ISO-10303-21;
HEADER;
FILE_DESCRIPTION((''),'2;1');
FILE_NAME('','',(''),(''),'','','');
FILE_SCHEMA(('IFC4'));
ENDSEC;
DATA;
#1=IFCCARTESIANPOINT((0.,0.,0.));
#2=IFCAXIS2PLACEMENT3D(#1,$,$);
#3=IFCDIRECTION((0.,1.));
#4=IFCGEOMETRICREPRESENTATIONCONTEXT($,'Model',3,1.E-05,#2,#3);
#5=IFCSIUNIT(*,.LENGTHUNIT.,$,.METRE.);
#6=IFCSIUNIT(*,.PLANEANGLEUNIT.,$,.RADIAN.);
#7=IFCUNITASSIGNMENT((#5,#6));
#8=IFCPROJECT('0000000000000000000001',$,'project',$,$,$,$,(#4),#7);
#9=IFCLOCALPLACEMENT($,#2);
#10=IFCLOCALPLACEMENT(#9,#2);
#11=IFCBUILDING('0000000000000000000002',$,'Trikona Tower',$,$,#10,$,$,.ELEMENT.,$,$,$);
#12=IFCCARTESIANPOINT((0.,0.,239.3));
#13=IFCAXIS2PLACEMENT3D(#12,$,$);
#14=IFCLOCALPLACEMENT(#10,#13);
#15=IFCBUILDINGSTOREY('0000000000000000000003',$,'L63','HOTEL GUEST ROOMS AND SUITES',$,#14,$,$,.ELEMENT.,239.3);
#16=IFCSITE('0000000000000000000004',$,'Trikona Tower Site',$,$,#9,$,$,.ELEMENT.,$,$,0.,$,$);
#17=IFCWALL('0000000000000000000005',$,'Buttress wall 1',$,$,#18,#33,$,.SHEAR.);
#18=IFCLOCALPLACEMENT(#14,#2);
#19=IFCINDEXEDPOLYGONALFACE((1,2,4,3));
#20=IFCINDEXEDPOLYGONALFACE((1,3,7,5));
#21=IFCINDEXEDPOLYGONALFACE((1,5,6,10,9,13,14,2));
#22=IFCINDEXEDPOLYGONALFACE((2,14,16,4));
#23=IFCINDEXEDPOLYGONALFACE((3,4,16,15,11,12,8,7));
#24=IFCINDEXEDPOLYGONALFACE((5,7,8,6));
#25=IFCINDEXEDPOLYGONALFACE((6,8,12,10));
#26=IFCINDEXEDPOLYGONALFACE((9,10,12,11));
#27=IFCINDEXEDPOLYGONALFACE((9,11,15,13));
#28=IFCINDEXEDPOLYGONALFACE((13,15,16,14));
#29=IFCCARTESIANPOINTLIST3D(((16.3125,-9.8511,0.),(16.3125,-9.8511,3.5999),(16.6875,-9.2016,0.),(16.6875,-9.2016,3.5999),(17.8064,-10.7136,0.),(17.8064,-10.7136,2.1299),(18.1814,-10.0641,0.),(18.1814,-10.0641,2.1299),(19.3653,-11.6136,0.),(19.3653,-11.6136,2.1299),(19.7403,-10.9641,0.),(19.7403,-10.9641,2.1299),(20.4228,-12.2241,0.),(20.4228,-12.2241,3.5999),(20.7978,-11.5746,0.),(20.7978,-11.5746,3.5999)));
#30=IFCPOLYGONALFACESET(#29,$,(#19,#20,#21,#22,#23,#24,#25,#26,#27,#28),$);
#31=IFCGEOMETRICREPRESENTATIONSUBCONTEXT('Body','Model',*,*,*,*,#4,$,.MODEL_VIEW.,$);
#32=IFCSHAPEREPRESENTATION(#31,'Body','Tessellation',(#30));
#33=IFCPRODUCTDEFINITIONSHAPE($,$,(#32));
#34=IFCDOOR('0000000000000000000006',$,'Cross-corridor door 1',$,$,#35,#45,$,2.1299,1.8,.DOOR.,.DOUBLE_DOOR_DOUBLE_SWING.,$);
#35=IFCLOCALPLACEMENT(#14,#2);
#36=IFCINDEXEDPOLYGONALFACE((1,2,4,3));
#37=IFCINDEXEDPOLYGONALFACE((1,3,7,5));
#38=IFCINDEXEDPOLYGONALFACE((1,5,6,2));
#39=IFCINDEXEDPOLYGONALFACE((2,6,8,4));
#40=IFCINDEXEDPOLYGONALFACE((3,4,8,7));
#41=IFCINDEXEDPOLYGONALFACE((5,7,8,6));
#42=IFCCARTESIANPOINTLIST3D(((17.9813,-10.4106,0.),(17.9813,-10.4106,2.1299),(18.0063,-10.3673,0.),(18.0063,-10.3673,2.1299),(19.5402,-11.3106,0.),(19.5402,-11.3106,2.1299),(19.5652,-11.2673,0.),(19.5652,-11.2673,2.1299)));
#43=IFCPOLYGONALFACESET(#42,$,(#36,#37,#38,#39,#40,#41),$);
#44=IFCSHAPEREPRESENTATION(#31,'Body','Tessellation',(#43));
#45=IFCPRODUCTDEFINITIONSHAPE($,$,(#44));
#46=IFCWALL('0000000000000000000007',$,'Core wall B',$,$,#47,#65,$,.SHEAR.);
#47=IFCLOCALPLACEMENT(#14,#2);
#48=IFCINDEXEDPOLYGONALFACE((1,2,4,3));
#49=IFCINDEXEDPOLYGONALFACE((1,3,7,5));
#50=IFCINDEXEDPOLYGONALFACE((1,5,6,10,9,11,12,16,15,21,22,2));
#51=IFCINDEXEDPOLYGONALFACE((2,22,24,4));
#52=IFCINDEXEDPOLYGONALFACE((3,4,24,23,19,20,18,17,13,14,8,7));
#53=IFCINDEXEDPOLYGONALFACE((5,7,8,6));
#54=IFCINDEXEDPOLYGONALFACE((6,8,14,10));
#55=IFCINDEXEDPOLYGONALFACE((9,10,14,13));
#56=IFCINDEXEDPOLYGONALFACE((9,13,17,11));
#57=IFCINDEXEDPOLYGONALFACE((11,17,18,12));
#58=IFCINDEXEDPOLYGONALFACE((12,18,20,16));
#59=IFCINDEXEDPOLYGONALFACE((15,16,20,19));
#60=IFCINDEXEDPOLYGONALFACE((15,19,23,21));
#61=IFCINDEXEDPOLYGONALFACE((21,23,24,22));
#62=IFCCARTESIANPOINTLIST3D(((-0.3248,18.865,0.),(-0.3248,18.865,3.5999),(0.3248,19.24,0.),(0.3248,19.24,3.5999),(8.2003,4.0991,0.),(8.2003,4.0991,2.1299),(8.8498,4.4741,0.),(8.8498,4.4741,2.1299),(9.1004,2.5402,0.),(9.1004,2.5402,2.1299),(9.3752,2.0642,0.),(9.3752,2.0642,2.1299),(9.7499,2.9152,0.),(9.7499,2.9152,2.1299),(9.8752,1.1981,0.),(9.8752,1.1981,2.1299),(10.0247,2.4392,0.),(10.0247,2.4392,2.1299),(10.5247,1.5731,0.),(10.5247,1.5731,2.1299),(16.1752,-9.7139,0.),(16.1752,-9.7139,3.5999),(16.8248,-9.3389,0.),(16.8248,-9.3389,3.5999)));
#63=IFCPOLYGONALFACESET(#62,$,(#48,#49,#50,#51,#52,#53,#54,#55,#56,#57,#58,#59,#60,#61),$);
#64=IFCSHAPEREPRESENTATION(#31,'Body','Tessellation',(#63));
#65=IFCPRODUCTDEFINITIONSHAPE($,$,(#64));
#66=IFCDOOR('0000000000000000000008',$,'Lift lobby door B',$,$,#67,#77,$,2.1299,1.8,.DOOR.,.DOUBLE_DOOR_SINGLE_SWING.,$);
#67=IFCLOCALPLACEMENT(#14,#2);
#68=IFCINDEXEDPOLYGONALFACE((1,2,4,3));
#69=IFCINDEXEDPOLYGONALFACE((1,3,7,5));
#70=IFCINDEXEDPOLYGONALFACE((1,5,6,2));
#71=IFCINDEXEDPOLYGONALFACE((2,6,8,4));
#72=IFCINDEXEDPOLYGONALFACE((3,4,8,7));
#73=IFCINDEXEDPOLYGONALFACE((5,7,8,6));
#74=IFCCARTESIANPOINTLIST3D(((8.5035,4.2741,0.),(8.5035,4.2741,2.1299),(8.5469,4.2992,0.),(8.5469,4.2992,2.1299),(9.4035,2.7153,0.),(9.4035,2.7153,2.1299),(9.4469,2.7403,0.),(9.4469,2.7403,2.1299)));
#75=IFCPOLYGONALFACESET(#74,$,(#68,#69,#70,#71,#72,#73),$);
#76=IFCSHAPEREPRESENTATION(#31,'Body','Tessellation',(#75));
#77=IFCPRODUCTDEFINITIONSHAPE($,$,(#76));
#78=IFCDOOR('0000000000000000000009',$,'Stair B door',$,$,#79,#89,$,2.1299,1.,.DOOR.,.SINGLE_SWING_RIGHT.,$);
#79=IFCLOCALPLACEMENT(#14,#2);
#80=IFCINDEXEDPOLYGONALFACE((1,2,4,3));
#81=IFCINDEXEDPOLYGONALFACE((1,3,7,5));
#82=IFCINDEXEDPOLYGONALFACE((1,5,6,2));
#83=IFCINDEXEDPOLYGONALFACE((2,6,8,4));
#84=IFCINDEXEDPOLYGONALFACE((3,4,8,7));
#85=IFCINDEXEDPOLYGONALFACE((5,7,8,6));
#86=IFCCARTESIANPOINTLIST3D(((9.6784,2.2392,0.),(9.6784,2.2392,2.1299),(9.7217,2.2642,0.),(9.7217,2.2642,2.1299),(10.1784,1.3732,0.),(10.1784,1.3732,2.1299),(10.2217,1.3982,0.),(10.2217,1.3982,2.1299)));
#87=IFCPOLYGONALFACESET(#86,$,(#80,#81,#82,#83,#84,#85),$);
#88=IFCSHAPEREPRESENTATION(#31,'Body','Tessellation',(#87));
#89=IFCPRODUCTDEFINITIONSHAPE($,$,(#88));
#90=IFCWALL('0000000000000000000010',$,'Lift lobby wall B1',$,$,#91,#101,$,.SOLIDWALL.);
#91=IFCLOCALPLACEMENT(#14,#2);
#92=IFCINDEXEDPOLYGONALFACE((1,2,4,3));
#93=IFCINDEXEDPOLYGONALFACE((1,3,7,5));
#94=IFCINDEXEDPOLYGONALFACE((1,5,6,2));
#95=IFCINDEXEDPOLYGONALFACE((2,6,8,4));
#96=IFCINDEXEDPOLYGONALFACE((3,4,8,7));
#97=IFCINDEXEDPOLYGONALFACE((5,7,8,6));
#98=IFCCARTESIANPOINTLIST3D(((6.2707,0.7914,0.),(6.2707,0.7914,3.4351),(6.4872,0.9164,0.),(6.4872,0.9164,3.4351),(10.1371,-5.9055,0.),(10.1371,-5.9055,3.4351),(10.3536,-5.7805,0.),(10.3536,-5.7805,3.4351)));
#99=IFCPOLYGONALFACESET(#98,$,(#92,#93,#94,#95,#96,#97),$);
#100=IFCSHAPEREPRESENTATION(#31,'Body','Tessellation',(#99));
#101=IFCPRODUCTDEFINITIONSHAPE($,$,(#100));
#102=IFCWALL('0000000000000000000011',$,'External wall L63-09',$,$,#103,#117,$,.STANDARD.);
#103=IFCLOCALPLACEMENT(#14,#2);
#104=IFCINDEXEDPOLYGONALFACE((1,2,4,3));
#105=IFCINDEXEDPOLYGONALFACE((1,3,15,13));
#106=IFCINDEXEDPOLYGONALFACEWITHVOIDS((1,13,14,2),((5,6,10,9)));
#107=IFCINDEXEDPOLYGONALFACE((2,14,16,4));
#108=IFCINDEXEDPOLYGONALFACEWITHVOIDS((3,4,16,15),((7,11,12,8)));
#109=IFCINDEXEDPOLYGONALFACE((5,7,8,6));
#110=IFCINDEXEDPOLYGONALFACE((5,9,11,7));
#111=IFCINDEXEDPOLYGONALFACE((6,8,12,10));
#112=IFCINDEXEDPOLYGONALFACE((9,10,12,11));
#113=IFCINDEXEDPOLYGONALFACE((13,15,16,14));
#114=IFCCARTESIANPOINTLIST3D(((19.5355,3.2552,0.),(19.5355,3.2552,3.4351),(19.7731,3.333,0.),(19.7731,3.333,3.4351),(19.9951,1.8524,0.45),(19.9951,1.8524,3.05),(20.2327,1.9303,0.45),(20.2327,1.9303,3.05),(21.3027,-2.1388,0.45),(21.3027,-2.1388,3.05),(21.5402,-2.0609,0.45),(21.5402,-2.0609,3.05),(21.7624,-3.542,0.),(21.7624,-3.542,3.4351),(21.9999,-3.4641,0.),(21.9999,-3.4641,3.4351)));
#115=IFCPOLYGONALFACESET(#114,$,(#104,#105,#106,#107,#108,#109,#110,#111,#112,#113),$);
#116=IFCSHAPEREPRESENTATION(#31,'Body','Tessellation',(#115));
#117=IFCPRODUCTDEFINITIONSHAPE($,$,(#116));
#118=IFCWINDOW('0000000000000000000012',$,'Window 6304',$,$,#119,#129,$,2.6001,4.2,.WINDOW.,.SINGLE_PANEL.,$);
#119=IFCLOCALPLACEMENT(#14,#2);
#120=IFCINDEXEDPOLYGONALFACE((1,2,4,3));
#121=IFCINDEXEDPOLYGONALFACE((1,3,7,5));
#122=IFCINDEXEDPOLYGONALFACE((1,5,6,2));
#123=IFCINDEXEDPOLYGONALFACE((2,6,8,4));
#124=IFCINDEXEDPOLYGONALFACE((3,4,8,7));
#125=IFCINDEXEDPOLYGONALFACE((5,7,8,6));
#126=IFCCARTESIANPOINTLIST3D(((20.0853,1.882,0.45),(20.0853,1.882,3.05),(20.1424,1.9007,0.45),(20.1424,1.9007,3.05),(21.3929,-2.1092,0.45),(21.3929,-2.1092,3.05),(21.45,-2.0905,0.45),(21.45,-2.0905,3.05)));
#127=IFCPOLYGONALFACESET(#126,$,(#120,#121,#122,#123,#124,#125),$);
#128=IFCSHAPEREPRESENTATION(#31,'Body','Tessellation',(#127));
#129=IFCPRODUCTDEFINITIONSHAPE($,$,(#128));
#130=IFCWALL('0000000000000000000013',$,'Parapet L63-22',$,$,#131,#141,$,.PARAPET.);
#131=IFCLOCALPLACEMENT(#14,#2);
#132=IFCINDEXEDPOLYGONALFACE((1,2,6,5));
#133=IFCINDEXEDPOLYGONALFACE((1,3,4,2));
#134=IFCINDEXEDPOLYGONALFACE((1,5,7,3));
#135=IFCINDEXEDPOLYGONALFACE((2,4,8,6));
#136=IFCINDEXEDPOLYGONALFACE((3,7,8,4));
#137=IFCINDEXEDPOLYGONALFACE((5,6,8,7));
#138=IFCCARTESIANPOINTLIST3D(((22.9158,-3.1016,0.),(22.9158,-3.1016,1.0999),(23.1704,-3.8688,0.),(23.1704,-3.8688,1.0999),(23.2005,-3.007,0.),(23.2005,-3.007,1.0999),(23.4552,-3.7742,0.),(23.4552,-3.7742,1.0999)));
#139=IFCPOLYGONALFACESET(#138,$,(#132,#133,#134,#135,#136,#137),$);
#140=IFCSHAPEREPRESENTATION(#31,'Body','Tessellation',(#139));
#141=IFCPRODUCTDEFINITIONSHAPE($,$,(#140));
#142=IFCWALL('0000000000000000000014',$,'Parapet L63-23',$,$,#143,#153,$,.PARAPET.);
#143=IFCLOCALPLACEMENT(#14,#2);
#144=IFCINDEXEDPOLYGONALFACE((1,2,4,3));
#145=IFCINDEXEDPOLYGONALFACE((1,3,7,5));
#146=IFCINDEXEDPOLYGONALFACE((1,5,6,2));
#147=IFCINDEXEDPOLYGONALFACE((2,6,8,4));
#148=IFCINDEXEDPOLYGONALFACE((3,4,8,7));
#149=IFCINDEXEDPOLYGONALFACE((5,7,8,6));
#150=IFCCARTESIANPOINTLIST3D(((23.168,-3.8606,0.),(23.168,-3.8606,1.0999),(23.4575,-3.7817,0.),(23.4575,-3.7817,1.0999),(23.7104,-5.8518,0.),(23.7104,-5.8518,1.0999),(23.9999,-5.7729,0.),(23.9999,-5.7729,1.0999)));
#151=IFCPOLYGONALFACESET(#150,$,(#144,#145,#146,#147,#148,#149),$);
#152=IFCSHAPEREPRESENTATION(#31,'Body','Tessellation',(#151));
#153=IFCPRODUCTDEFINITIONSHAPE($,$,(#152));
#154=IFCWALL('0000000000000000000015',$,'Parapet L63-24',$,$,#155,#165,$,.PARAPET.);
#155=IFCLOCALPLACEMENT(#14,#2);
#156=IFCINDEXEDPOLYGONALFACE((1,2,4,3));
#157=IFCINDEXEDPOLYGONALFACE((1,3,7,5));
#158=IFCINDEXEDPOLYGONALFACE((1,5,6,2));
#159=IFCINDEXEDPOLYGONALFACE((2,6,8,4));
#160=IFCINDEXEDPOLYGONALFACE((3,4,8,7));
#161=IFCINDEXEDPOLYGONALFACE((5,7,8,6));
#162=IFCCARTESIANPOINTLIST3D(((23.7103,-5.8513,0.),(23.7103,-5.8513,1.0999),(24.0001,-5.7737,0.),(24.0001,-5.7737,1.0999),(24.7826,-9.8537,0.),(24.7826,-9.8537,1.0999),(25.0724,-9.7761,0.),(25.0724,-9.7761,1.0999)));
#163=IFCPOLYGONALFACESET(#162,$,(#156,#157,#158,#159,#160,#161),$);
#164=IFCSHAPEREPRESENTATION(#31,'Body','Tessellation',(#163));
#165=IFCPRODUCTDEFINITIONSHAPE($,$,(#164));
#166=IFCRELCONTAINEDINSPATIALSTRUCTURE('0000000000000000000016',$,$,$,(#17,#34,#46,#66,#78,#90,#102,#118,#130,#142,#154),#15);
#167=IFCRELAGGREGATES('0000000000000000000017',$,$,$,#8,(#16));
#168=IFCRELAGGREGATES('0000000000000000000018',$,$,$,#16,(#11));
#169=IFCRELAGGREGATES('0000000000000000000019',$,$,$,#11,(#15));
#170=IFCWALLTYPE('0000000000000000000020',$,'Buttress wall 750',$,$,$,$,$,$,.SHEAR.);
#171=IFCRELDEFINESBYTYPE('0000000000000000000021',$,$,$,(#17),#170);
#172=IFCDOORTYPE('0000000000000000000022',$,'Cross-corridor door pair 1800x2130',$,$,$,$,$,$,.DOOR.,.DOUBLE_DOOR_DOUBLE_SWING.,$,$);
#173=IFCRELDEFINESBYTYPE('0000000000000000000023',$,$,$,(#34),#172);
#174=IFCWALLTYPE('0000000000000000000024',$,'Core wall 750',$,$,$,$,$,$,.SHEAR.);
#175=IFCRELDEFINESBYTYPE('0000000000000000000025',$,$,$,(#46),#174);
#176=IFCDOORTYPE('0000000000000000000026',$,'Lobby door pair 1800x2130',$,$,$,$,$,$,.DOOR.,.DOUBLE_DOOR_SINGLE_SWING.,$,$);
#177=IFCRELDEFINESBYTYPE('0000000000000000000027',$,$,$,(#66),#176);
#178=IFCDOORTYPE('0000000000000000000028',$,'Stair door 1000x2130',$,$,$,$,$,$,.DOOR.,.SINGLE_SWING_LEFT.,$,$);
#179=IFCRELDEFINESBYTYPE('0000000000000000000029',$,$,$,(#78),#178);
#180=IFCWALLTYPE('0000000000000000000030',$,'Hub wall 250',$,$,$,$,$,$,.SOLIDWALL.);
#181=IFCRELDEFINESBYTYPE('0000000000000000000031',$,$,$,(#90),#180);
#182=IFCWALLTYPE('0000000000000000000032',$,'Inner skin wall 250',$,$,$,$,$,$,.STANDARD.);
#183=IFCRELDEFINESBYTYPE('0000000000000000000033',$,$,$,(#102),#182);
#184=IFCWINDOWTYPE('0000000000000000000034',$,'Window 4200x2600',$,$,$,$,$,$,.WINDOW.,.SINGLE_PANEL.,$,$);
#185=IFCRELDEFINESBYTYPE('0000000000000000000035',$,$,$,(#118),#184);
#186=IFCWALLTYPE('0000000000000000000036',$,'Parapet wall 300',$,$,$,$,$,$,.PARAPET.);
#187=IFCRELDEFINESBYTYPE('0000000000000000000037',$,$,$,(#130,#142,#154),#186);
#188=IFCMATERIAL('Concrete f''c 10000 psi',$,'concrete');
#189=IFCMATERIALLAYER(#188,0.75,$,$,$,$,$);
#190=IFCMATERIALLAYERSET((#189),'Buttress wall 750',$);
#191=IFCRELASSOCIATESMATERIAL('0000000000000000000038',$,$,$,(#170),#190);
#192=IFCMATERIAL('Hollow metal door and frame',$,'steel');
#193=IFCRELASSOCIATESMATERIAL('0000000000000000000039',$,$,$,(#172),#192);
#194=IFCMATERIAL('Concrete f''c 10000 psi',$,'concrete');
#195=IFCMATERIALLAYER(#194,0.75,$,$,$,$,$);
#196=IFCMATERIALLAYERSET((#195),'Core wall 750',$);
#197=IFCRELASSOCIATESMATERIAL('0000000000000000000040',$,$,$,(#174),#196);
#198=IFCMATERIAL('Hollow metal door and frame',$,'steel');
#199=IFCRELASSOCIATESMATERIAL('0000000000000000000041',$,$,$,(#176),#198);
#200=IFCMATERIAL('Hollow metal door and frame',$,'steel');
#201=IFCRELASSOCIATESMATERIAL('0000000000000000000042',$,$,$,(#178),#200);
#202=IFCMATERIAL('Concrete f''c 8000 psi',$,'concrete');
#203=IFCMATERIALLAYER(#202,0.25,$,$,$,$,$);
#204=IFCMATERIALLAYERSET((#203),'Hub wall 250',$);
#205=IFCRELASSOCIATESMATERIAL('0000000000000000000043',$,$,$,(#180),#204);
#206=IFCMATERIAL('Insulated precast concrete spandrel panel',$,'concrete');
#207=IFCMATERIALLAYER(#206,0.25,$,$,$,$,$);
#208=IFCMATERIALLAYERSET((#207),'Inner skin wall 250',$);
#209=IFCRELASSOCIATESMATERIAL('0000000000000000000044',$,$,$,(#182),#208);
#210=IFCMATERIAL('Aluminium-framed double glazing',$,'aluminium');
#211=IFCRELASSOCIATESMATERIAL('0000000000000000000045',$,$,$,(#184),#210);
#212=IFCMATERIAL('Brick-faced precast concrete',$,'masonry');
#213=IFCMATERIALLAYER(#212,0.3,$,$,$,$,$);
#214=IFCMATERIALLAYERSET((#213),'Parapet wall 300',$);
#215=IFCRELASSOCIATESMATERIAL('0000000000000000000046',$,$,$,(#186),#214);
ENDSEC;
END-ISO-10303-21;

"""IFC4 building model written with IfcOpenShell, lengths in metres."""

from ifc_helpers import new_model, si_unit, direction, frame, frame_2d, origin, place, context, subcontext, project, spatial, rectangle, extrude, material, layer, layer_set, type_object, element, fill, save


model = new_model("IFC4")

# Units and contexts
model_context = context("Model", 3, precision=1e-05, world=origin(), true_north=direction((0.0, 1.0)))
body_context = subcontext(model_context, "Body", "Model", "MODEL_VIEW")
ifc_project = project(units=[si_unit("LENGTHUNIT", "METRE"), si_unit("PLANEANGLEUNIT", "RADIAN")], contexts=[model_context])

# Site, building, storey
site_placement = place(None, origin())
site = spatial("IfcSite", under=ifc_project, at=site_placement, Name="Trikona Tower Site", CompositionType="ELEMENT", RefElevation=0.0)
building_placement = place(site_placement, origin())
building = spatial("IfcBuilding", under=site, at=building_placement, Name="Trikona Tower", CompositionType="ELEMENT")
storey_placement = place(building_placement, frame((0.0, 0.0, 239.3)))
storey = spatial("IfcBuildingStorey", under=building, at=storey_placement, Name="L63", Description="HOTEL GUEST ROOMS AND SUITES", CompositionType="ELEMENT", Elevation=239.3)

# Wall, opening, door
ifc_material_1 = material(Name="Concrete f'c 10000 psi", Category="concrete")
ifc_layer_1 = layer(ifc_material_1, 0.75)
ifc_layer_set_1 = layer_set([ifc_layer_1], Name="Buttress wall 750")
wall_type_1 = type_object("IfcWallType", Name="Buttress wall 750", PredefinedType="SHEAR", material=ifc_layer_set_1)
wall_1_placement = place(storey_placement, frame((16.5, -9.5264, 0.0), z_axis=(0.0, 0.0, 1.0), x_axis=(0.866031, -0.49999, 0.0)))
wall_1 = element("IfcWall", 1, at=wall_1_placement, inside=storey, type_object=wall_type_1, Name="Buttress wall 1", PredefinedType="SHEAR", context=body_context, shape_type="SweptSolid", body=[
    extrude(rectangle(XDim=4.7461, YDim=0.75, at=frame_2d((2.373, 0.0))), origin(), (0.0, 0.0, 1.0), 3.5999),
])
opening_1_placement = place(wall_1_placement, frame((1.7251, 0.0, 0.0)))
opening_1 = element("IfcOpeningElement", 2, at=opening_1_placement, cuts=wall_1, PredefinedType="OPENING", context=body_context, shape_type="SweptSolid", body=[
    extrude(rectangle(XDim=1.8, YDim=2.1299, at=frame_2d((0.8999, 1.0649))), frame((0.0, 0.385, 0.0), z_axis=(0.0, -1.0, 0.0), x_axis=(1.0, 0.0, 0.0)), (0.0, 0.0, 1.0), 0.77),
])
ifc_material_2 = material(Name="Hollow metal door and frame", Category="steel")
door_type_1 = type_object("IfcDoorType", Name="Cross-corridor door pair 1800x2130", OperationType="DOUBLE_DOOR_DOUBLE_SWING", PredefinedType="DOOR", material=ifc_material_2)
door_1_placement = place(opening_1_placement, origin())
door_1 = element("IfcDoor", 3, at=door_1_placement, inside=storey, type_object=door_type_1, Name="Cross-corridor door 1", OperationType="DOUBLE_DOOR_DOUBLE_SWING", OverallHeight=2.1299, OverallWidth=1.8, PredefinedType="DOOR", context=body_context, shape_type="SweptSolid", body=[
    extrude(rectangle(XDim=1.8, YDim=2.1299, at=frame_2d((0.8999, 1.0649))), frame((0.0, 0.0249, 0.0), z_axis=(0.0, -1.0, 0.0), x_axis=(1.0, 0.0, 0.0)), (0.0, 0.0, 1.0), 0.05),
])
fill(opening_1, door_1)

# Wall, openings, doors
ifc_material_3 = material(Name="Concrete f'c 10000 psi", Category="concrete")
ifc_layer_2 = layer(ifc_material_3, 0.75)
ifc_layer_set_2 = layer_set([ifc_layer_2], Name="Core wall 750")
wall_type_2 = type_object("IfcWallType", Name="Core wall 750", PredefinedType="SHEAR", material=ifc_layer_set_2)
wall_2_placement = place(storey_placement, frame((16.5, -9.5264, 0.0), z_axis=(0.0, 0.0, 1.0), x_axis=(-0.5, 0.866026, 0.0)))
wall_2 = element("IfcWall", 4, at=wall_2_placement, inside=storey, type_object=wall_type_2, Name="Core wall B", PredefinedType="SHEAR", context=body_context, shape_type="SweptSolid", body=[
    extrude(rectangle(XDim=33.0, YDim=0.75, at=frame_2d((16.5, 0.0))), origin(), (0.0, 0.0, 1.0), 3.5999),
])
opening_2_placement = place(wall_2_placement, frame((14.1499, 0.0, 0.0)))
opening_2 = element("IfcOpeningElement", 5, at=opening_2_placement, cuts=wall_2, PredefinedType="OPENING", context=body_context, shape_type="SweptSolid", body=[
    extrude(rectangle(XDim=1.8, YDim=2.1299, at=frame_2d((0.8999, 1.0649))), frame((0.0, 0.385, 0.0), z_axis=(0.0, -1.0, 0.0), x_axis=(1.0, 0.0, 0.0)), (0.0, 0.0, 1.0), 0.77),
])
opening_3_placement = place(wall_2_placement, frame((12.6001, 0.0, 0.0)))
opening_3 = element("IfcOpeningElement", 6, at=opening_3_placement, cuts=wall_2, PredefinedType="OPENING", context=body_context, shape_type="SweptSolid", body=[
    extrude(rectangle(XDim=1.0, YDim=2.1299, at=frame_2d((0.5, 1.0649))), frame((0.0, 0.385, 0.0), z_axis=(0.0, -1.0, 0.0), x_axis=(1.0, 0.0, 0.0)), (0.0, 0.0, 1.0), 0.77),
])
ifc_material_4 = material(Name="Hollow metal door and frame", Category="steel")
door_type_2 = type_object("IfcDoorType", Name="Lobby door pair 1800x2130", OperationType="DOUBLE_DOOR_SINGLE_SWING", PredefinedType="DOOR", material=ifc_material_4)
door_2_placement = place(opening_2_placement, origin())
door_2 = element("IfcDoor", 7, at=door_2_placement, inside=storey, type_object=door_type_2, Name="Lift lobby door B", OperationType="DOUBLE_DOOR_SINGLE_SWING", OverallHeight=2.1299, OverallWidth=1.8, PredefinedType="DOOR", context=body_context, shape_type="SweptSolid", body=[
    extrude(rectangle(XDim=1.8, YDim=2.1299, at=frame_2d((0.8999, 1.0649))), frame((0.0, 0.0249, 0.0), z_axis=(0.0, -1.0, 0.0), x_axis=(1.0, 0.0, 0.0)), (0.0, 0.0, 1.0), 0.05),
])
fill(opening_2, door_2)
ifc_material_5 = material(Name="Hollow metal door and frame", Category="steel")
door_type_3 = type_object("IfcDoorType", Name="Stair door 1000x2130", OperationType="SINGLE_SWING_LEFT", PredefinedType="DOOR", material=ifc_material_5)
door_3_placement = place(opening_3_placement, origin())
door_3 = element("IfcDoor", 8, at=door_3_placement, inside=storey, type_object=door_type_3, Name="Stair B door", OperationType="SINGLE_SWING_RIGHT", OverallHeight=2.1299, OverallWidth=1.0, PredefinedType="DOOR", context=body_context, shape_type="SweptSolid", body=[
    extrude(rectangle(XDim=1.0, YDim=2.1299, at=frame_2d((0.5, 1.0649))), frame((0.0, 0.0249, 0.0), z_axis=(0.0, -1.0, 0.0), x_axis=(1.0, 0.0, 0.0)), (0.0, 0.0, 1.0), 0.05),
])
fill(opening_3, door_3)

# Wall
ifc_material_6 = material(Name="Concrete f'c 8000 psi", Category="concrete")
ifc_layer_3 = layer(ifc_material_6, 0.25)
ifc_layer_set_3 = layer_set([ifc_layer_3], Name="Hub wall 250")
wall_type_3 = type_object("IfcWallType", Name="Hub wall 250", PredefinedType="SOLIDWALL", material=ifc_layer_set_3)
wall_3_placement = place(storey_placement, frame((10.2454, -5.843, 0.0), z_axis=(0.0, 0.0, 1.0), x_axis=(-0.499993, 0.866029, 0.0)))
element("IfcWall", 9, at=wall_3_placement, inside=storey, type_object=wall_type_3, Name="Lift lobby wall B1", PredefinedType="SOLIDWALL", context=body_context, shape_type="SweptSolid", body=[
    extrude(rectangle(XDim=7.7329, YDim=0.25, at=frame_2d((3.8665, 0.0))), origin(), (0.0, 0.0, 1.0), 3.4351),
])

# Wall, opening, window
ifc_material_7 = material(Name="Insulated precast concrete spandrel panel", Category="concrete")
ifc_layer_4 = layer(ifc_material_7, 0.25)
ifc_layer_set_4 = layer_set([ifc_layer_4], Name="Inner skin wall 250")
wall_type_4 = type_object("IfcWallType", Name="Inner skin wall 250", PredefinedType="STANDARD", material=ifc_layer_set_4)
wall_4_placement = place(storey_placement, frame((21.8811, -3.5029, 0.0), z_axis=(0.0, 0.0, 1.0), x_axis=(-0.311329, 0.950302, 0.0)))
wall_4 = element("IfcWall", 10, at=wall_4_placement, inside=storey, type_object=wall_type_4, Name="External wall L63-09", PredefinedType="STANDARD", context=body_context, shape_type="SweptSolid", body=[
    extrude(rectangle(XDim=7.1526, YDim=0.25, at=frame_2d((3.5762, 0.0))), origin(), (0.0, 0.0, 1.0), 3.4351),
])
opening_4_placement = place(wall_4_placement, frame((1.4763, 0.0, 0.45)))
opening_4 = element("IfcOpeningElement", 11, at=opening_4_placement, cuts=wall_4, PredefinedType="OPENING", context=body_context, shape_type="SweptSolid", body=[
    extrude(rectangle(XDim=4.2, YDim=2.6001, at=frame_2d((2.1001, 1.3))), frame((0.0, 0.135, 0.0), z_axis=(0.0, -1.0, 0.0), x_axis=(1.0, 0.0, 0.0)), (0.0, 0.0, 1.0), 0.27),
])
ifc_material_8 = material(Name="Aluminium-framed double glazing", Category="aluminium")
window_type_1 = type_object("IfcWindowType", Name="Window 4200x2600", PartitioningType="SINGLE_PANEL", PredefinedType="WINDOW", material=ifc_material_8)
window_1_placement = place(opening_4_placement, origin())
window_1 = element("IfcWindow", 12, at=window_1_placement, inside=storey, type_object=window_type_1, Name="Window 6304", OverallHeight=2.6001, OverallWidth=4.2, PartitioningType="SINGLE_PANEL", PredefinedType="WINDOW", context=body_context, shape_type="SweptSolid", body=[
    extrude(rectangle(XDim=4.2, YDim=2.6001, at=frame_2d((2.1001, 1.3))), frame((0.0, 0.03, 0.0), z_axis=(0.0, -1.0, 0.0), x_axis=(1.0, 0.0, 0.0)), (0.0, 0.0, 1.0), 0.0601),
])
fill(opening_4, window_1)

# Walls
ifc_material_9 = material(Name="Brick-faced precast concrete", Category="masonry")
ifc_layer_5 = layer(ifc_material_9, 0.3)
ifc_layer_set_5 = layer_set([ifc_layer_5], Name="Parapet wall 300")
wall_type_5 = type_object("IfcWallType", Name="Parapet wall 300", PredefinedType="PARAPET", material=ifc_layer_set_5)
wall_5_placement = place(storey_placement, frame((23.0581, -3.0542, 0.0), z_axis=(0.0, 0.0, 1.0), x_axis=(0.315049, -0.949075, 0.0)))
element("IfcWall", 13, at=wall_5_placement, inside=storey, type_object=wall_type_5, Name="Parapet L63-22", PredefinedType="PARAPET", context=body_context, shape_type="SweptSolid", body=[
    extrude(rectangle(XDim=0.8083, YDim=0.3, at=frame_2d((0.4043, 0.0))), origin(), (0.0, 0.0, 1.0), 1.0999),
])
wall_6_placement = place(storey_placement, frame((23.3127, -3.8213, 0.0), z_axis=(0.0, 0.0, 1.0), x_axis=(0.262857, -0.964835, 0.0)))
element("IfcWall", 14, at=wall_6_placement, inside=storey, type_object=wall_type_5, Name="Parapet L63-23", PredefinedType="PARAPET", context=body_context, shape_type="SweptSolid", body=[
    extrude(rectangle(XDim=2.0637, YDim=0.3, at=frame_2d((1.0317, 0.0))), origin(), (0.0, 0.0, 1.0), 1.0999),
])
wall_7_placement = place(storey_placement, frame((23.8552, -5.8125, 0.0), z_axis=(0.0, 0.0, 1.0), x_axis=(0.258777, -0.965937, 0.0)))
element("IfcWall", 15, at=wall_7_placement, inside=storey, type_object=wall_type_5, Name="Parapet L63-24", PredefinedType="PARAPET", context=body_context, shape_type="SweptSolid", body=[
    extrude(rectangle(XDim=4.1436, YDim=0.3, at=frame_2d((2.0718, 0.0))), origin(), (0.0, 0.0, 1.0), 1.0999),
])

save(model, "model.ifc")
